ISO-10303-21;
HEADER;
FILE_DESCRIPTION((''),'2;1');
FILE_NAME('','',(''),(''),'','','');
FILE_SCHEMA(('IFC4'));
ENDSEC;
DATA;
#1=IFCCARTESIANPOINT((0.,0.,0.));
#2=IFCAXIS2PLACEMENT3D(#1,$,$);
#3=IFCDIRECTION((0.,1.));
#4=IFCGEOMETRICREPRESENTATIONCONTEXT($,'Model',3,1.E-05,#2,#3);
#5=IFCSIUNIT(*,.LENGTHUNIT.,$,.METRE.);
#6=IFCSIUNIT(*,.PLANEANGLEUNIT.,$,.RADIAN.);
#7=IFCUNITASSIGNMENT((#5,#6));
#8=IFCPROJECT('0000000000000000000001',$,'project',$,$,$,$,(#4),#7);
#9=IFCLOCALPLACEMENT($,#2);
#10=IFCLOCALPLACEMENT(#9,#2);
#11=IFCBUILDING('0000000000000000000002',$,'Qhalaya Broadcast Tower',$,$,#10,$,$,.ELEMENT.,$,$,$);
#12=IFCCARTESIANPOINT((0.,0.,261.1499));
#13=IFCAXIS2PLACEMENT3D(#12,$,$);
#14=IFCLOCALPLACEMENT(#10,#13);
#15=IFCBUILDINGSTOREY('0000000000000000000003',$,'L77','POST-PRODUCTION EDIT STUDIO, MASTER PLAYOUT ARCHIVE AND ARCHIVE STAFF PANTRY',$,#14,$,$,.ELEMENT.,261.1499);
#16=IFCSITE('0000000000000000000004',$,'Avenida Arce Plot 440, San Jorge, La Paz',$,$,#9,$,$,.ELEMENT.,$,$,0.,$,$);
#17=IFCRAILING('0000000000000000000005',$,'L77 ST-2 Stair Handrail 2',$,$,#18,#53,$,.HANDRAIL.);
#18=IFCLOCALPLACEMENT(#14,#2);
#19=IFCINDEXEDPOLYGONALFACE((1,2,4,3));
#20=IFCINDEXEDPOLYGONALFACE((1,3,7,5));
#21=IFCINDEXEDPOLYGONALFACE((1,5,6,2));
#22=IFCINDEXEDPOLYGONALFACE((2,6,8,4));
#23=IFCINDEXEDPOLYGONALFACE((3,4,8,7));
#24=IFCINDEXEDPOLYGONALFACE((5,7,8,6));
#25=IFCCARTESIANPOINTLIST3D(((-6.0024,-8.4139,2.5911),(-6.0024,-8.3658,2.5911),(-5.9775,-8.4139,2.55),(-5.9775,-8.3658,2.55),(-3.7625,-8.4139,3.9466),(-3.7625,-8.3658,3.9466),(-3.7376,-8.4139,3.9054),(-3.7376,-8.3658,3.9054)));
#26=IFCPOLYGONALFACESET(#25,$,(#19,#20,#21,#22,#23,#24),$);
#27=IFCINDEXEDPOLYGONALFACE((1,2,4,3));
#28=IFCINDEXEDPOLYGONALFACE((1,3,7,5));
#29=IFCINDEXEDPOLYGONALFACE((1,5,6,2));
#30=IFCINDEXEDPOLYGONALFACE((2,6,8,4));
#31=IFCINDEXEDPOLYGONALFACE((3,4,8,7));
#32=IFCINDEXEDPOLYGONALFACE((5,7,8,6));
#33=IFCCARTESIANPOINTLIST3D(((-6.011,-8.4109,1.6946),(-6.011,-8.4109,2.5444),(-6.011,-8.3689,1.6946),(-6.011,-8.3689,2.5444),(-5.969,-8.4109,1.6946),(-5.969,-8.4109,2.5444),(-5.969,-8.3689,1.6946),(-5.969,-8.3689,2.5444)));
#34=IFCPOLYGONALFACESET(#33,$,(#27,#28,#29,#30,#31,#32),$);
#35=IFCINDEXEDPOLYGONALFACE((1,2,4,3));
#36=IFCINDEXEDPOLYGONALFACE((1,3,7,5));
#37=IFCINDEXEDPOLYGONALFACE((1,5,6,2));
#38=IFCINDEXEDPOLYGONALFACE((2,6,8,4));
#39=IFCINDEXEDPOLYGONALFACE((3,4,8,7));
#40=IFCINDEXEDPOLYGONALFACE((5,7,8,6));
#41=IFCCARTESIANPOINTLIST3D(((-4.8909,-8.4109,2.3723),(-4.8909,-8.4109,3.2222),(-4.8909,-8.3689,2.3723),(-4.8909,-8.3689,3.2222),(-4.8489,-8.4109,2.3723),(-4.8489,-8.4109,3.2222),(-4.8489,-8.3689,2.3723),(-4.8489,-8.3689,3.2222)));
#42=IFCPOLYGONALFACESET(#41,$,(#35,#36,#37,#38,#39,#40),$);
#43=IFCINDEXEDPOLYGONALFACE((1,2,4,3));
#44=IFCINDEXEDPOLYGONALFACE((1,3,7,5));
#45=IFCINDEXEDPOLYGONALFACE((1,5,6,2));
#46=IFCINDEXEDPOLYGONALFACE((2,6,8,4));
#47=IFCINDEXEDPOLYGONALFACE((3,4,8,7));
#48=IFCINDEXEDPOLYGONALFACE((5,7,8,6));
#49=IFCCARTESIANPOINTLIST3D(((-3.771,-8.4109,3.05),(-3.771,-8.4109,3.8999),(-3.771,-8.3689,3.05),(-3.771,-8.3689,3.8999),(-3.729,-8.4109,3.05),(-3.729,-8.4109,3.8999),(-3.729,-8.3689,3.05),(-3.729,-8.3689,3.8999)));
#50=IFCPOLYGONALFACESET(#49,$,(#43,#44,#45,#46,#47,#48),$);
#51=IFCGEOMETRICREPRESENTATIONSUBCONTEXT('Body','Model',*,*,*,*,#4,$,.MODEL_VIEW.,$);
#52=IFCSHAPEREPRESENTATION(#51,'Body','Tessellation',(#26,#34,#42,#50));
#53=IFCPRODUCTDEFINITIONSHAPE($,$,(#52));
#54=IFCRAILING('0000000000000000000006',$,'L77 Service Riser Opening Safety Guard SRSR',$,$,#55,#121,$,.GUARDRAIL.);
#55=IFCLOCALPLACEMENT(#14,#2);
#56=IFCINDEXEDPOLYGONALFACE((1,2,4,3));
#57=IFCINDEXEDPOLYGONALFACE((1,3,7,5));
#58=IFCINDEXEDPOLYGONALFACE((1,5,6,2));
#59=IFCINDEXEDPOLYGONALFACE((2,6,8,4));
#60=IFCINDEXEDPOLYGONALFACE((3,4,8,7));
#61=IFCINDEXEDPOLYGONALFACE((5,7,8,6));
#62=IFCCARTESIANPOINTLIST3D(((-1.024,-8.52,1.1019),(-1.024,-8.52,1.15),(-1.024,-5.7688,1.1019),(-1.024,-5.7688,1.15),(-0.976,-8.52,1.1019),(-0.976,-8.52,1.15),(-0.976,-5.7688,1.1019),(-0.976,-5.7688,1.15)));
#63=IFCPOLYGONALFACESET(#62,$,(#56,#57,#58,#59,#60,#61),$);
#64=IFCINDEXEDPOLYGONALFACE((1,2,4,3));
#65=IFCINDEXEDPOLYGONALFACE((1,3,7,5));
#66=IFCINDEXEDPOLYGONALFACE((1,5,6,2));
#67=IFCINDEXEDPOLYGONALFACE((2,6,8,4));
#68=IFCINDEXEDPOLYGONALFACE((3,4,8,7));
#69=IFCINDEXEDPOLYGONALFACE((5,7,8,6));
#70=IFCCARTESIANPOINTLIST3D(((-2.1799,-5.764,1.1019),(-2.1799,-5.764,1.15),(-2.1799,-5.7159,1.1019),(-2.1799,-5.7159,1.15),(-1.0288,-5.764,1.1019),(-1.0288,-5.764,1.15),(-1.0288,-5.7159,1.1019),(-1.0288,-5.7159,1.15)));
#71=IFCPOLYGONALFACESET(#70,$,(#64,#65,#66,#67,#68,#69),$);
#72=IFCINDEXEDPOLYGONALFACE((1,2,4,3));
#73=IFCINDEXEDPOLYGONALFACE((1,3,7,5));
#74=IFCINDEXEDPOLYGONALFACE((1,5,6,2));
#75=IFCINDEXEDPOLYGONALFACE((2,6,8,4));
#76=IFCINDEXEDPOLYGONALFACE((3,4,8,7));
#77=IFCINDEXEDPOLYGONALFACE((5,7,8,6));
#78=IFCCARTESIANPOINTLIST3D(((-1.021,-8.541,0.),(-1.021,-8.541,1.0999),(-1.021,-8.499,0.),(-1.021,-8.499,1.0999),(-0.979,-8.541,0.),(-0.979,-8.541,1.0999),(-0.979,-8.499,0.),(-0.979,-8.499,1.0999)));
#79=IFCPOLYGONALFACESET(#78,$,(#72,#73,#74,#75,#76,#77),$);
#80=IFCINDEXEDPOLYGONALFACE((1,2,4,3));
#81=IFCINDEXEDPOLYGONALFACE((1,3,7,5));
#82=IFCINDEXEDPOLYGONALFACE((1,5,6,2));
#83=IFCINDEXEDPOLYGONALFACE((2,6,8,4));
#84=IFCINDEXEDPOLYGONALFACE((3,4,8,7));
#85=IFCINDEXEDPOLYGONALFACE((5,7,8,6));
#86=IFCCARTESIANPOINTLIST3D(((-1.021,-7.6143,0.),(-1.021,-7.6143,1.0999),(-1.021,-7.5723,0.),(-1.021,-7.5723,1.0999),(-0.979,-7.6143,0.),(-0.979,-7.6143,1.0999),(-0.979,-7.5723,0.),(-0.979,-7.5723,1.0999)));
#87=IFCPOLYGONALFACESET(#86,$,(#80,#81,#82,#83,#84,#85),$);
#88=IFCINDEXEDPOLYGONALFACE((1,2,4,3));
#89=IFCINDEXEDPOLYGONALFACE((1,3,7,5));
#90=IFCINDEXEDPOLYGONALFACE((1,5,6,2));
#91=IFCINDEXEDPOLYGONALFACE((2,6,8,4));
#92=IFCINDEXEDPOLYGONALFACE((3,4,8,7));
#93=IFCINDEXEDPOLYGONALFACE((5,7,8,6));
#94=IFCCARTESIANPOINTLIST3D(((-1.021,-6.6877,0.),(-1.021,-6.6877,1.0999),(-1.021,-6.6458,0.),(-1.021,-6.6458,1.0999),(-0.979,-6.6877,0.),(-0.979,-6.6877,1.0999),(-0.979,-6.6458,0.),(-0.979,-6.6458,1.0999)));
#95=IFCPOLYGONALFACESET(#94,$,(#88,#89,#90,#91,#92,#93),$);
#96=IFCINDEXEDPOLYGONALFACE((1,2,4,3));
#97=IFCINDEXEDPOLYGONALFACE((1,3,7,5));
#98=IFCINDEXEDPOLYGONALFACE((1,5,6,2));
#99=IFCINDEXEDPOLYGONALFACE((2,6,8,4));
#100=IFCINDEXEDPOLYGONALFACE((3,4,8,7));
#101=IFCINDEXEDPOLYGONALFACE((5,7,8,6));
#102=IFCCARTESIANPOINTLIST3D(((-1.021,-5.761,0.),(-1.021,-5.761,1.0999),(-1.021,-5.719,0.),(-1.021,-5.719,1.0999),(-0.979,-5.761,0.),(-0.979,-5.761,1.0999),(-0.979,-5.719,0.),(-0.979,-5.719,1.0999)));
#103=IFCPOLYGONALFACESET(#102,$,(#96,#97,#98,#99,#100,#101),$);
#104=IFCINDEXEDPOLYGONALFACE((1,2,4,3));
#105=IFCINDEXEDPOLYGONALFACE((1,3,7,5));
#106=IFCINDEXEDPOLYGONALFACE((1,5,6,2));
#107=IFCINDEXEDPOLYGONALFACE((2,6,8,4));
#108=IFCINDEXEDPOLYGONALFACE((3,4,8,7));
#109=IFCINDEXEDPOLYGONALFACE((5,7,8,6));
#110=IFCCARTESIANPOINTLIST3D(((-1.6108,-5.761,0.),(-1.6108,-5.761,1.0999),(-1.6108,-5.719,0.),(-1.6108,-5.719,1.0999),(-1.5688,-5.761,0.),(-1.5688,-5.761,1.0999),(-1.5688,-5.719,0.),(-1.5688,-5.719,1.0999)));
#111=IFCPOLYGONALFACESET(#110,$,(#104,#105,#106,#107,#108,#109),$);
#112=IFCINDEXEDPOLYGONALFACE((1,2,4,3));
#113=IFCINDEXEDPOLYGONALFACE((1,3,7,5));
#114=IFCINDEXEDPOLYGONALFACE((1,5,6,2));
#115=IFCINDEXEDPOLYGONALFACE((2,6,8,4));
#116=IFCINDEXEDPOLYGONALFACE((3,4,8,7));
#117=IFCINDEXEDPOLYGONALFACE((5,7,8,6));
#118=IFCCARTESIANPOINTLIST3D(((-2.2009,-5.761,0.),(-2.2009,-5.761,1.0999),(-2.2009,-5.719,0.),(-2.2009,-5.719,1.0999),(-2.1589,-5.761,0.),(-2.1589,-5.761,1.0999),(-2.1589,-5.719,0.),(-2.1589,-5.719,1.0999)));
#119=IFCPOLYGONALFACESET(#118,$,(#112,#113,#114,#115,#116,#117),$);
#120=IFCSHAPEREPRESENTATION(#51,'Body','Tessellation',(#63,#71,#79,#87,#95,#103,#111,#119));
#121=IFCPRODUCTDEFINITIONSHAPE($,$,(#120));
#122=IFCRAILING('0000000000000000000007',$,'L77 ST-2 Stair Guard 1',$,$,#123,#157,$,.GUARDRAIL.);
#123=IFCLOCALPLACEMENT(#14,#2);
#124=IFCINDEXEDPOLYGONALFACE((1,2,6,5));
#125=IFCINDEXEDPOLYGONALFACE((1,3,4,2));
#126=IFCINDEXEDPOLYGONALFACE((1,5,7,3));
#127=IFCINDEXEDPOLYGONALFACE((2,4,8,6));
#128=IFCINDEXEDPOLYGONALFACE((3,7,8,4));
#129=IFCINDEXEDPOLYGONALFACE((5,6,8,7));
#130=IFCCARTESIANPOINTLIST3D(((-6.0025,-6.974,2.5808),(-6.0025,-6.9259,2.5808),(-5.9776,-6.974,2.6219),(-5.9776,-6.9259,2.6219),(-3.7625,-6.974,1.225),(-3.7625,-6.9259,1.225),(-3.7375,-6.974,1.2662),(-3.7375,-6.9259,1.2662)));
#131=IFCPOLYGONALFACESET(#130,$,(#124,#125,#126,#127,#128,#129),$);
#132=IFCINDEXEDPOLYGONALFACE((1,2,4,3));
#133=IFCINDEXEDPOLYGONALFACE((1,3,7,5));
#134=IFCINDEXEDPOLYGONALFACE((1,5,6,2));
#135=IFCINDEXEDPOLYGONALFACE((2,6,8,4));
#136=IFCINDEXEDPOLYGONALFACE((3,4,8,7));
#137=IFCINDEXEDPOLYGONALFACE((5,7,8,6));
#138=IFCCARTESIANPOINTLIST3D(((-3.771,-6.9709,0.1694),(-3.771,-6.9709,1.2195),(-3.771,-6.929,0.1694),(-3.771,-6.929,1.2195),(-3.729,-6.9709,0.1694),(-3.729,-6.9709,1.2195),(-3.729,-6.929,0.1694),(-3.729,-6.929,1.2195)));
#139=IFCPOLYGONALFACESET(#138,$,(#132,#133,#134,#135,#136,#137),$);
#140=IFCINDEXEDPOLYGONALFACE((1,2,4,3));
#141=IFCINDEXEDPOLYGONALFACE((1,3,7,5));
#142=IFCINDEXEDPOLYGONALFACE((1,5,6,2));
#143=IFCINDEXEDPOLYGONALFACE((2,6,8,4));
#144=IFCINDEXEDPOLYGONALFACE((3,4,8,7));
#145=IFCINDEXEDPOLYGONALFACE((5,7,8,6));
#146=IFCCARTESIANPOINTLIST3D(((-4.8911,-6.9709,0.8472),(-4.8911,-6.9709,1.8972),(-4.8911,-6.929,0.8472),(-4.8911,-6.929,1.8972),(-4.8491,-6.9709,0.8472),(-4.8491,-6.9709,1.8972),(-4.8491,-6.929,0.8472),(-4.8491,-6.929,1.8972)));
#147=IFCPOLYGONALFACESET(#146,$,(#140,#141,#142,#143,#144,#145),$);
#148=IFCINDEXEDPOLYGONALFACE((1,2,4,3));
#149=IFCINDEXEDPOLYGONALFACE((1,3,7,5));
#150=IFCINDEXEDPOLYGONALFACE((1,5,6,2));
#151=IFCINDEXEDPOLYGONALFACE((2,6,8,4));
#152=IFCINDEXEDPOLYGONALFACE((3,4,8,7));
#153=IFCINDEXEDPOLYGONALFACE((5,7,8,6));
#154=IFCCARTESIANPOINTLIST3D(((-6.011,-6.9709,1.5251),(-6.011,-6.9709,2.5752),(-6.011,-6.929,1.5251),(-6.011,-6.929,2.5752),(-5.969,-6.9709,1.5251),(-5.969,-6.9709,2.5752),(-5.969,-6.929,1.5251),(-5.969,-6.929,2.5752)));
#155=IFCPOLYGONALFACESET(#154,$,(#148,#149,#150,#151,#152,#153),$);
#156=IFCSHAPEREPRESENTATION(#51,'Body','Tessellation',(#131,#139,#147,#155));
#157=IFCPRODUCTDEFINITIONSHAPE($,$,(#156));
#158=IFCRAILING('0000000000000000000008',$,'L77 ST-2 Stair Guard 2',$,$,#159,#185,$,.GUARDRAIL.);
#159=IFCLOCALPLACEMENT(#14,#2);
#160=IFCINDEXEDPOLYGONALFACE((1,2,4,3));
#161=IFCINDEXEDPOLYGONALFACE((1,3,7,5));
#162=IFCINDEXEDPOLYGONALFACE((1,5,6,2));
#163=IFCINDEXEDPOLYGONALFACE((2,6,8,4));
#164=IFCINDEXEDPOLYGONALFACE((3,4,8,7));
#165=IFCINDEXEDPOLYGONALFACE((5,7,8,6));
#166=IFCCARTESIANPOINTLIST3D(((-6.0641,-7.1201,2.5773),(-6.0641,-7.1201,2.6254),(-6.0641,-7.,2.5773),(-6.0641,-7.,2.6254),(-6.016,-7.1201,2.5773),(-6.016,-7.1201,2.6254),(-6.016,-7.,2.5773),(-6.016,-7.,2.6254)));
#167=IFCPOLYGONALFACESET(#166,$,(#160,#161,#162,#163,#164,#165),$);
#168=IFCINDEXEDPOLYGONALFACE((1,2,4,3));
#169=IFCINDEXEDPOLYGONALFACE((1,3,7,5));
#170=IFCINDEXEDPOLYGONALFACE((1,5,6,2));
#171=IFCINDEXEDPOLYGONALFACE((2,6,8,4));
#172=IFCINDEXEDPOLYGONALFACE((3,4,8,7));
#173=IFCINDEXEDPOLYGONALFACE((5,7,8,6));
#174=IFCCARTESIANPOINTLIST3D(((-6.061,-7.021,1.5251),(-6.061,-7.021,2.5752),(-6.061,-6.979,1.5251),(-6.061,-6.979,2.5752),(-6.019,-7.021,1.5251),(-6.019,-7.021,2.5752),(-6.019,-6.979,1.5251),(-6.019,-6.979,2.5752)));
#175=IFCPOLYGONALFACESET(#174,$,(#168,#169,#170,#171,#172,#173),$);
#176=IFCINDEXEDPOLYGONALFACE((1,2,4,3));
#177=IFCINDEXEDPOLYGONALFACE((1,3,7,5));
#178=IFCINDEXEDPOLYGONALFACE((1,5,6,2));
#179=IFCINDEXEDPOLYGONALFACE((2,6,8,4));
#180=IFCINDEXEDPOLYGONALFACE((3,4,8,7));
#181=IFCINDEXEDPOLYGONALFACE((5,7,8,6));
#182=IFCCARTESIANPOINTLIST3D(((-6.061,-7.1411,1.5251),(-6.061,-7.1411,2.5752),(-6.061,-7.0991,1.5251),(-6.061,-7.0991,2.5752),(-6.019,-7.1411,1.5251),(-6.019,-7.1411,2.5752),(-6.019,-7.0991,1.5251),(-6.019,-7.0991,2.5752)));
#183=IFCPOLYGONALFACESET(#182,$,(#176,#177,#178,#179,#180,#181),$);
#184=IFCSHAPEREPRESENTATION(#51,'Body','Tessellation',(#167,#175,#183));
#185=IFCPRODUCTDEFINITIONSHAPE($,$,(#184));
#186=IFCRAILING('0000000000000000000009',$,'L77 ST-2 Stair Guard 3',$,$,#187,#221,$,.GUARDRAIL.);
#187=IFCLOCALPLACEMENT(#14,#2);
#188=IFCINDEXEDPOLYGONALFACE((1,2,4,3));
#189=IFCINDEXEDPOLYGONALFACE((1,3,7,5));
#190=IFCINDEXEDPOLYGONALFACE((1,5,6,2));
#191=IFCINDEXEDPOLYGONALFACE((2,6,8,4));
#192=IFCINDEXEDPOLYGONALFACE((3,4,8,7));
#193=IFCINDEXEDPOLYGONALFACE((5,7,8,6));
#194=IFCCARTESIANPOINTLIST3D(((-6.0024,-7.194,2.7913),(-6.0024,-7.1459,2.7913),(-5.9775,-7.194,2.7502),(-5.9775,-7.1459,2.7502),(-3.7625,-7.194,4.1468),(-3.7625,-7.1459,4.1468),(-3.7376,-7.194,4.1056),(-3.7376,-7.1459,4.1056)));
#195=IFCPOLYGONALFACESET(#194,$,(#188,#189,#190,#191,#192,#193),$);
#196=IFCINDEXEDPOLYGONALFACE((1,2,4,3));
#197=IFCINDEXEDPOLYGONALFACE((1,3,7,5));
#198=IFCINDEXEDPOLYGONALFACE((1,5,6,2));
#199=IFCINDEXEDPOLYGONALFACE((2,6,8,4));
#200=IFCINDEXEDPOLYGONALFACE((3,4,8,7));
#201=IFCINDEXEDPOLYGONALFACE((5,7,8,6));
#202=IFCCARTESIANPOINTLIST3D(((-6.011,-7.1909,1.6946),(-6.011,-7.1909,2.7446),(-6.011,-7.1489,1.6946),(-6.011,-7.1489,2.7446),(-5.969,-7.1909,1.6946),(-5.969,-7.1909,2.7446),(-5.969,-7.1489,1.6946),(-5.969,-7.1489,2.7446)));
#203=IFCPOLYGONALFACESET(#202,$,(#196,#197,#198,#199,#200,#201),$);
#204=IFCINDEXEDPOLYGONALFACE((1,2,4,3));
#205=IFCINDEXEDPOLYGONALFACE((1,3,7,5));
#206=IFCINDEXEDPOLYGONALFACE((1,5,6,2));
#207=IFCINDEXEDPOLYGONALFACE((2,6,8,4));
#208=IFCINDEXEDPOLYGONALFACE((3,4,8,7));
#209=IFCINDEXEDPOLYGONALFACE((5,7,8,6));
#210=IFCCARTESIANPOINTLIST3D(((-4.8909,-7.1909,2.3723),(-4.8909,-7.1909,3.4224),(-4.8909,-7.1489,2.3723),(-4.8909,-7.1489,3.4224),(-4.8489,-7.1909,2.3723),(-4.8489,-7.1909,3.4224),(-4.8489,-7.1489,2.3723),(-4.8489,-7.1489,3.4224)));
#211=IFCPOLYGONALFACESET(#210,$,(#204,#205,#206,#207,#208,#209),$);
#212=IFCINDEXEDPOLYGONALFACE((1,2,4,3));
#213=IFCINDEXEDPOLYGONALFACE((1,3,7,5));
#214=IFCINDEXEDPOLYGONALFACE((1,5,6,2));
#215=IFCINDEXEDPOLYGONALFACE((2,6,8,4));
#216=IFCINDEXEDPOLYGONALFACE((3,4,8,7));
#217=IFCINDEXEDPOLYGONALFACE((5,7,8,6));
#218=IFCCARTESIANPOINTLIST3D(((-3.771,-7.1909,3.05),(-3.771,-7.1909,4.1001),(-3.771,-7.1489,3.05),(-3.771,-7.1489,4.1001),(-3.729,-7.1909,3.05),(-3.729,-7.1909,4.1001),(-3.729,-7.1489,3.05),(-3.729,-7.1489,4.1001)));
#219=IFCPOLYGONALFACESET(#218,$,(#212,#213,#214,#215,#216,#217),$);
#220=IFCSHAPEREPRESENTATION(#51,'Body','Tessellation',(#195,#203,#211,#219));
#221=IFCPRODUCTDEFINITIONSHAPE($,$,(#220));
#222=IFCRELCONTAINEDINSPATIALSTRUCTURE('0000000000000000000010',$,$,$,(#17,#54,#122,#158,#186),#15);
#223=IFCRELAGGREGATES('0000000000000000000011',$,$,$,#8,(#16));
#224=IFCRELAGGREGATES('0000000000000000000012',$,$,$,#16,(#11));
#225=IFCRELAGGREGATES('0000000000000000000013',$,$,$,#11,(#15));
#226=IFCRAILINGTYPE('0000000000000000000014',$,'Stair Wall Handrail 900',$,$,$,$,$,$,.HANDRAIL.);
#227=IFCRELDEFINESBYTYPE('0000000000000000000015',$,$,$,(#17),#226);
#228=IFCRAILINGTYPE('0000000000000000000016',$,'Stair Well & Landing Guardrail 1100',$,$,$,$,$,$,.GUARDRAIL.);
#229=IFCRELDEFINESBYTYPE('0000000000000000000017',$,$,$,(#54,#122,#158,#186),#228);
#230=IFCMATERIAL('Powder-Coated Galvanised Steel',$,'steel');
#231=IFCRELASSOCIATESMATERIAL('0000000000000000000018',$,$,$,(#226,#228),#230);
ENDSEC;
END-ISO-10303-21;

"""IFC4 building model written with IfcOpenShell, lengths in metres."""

from ifc_helpers import new_model, si_unit, direction, frame, origin, origin_2d, place, context, subcontext, project, spatial, rectangle, extrude, material, type_object, element, save


model = new_model("IFC4")

# Units and contexts
model_context = context("Model", 3, precision=1e-05, world=origin(), true_north=direction((0.0, 1.0)))
body_context = subcontext(model_context, "Body", "Model", "MODEL_VIEW")
ifc_project = project(units=[si_unit("LENGTHUNIT", "METRE"), si_unit("PLANEANGLEUNIT", "RADIAN")], contexts=[model_context])

# Site, building, storey
site_placement = place(None, origin())
site = spatial("IfcSite", under=ifc_project, at=site_placement, Name="Avenida Arce Plot 440, San Jorge, La Paz", CompositionType="ELEMENT", RefElevation=0.0)
building_placement = place(site_placement, origin())
building = spatial("IfcBuilding", under=site, at=building_placement, Name="Qhalaya Broadcast Tower", CompositionType="ELEMENT")
storey_placement = place(building_placement, frame((0.0, 0.0, 261.1499)))
storey = spatial("IfcBuildingStorey", under=building, at=storey_placement, Name="L77", Description="POST-PRODUCTION EDIT STUDIO, MASTER PLAYOUT ARCHIVE AND ARCHIVE STAFF PANTRY", CompositionType="ELEMENT", Elevation=261.1499)

# Railings
ifc_material_1 = material(Name="Powder-Coated Galvanised Steel", Category="steel")
railing_type_1 = type_object("IfcRailingType", Name="Stair Wall Handrail 900", PredefinedType="HANDRAIL", material=ifc_material_1)
railing_1_placement = place(storey_placement, frame((-5.99, -8.3899, 1.6946)))
element("IfcRailing", 1, at=railing_1_placement, inside=storey, type_object=railing_type_1, Name="L77 ST-2 Stair Handrail 2", PredefinedType="HANDRAIL", context=body_context, shape_type="SweptSolid", body=[
    extrude(rectangle(XDim=0.0481, YDim=0.0481, at=origin_2d()), frame((0.0, 0.0, 0.876), z_axis=(0.855553, 0.0, 0.517715), x_axis=(0.0, 1.0, 0.0)), (0.0, 0.0, 1.0), 2.6182),
    extrude(rectangle(XDim=0.042, YDim=0.042, at=origin_2d()), origin(), (0.0, 0.0, 1.0), 0.8499),
    extrude(rectangle(XDim=0.042, YDim=0.042, at=origin_2d()), frame((1.1201, 0.0, 0.6777)), (0.0, 0.0, 1.0), 0.8499),
    extrude(rectangle(XDim=0.042, YDim=0.042, at=origin_2d()), frame((2.24, 0.0, 1.3555)), (0.0, 0.0, 1.0), 0.8499),
])
railing_type_2 = type_object("IfcRailingType", Name="Stair Well & Landing Guardrail 1100", PredefinedType="GUARDRAIL", material=ifc_material_1)
railing_2_placement = place(storey_placement, frame((-1.0, -8.52, 0.0)))
element("IfcRailing", 2, at=railing_2_placement, inside=storey, type_object=railing_type_2, Name="L77 Service Riser Opening Safety Guard SRSR", PredefinedType="GUARDRAIL", context=body_context, shape_type="SweptSolid", body=[
    extrude(rectangle(XDim=0.0481, YDim=0.0481, at=origin_2d()), frame((0.0, 0.0, 1.126), z_axis=(0.0, 1.0, 0.0), x_axis=(-1.0, 0.0, 0.0)), (0.0, 0.0, 1.0), 2.7512),
    extrude(rectangle(XDim=0.0481, YDim=0.0481, at=origin_2d()), frame((-0.0288, 2.78, 1.126), z_axis=(-1.0, 0.0, 0.0), x_axis=(0.0, -1.0, 0.0)), (0.0, 0.0, 1.0), 1.1511),
    extrude(rectangle(XDim=0.042, YDim=0.042, at=origin_2d()), origin(), (0.0, 0.0, 1.0), 1.0999),
    extrude(rectangle(XDim=0.042, YDim=0.042, at=origin_2d()), frame((0.0, 0.9268, 0.0)), (0.0, 0.0, 1.0), 1.0999),
    extrude(rectangle(XDim=0.042, YDim=0.042, at=origin_2d()), frame((0.0, 1.8533, 0.0)), (0.0, 0.0, 1.0), 1.0999),
    extrude(rectangle(XDim=0.042, YDim=0.042, at=origin_2d()), frame((0.0, 2.78, 0.0)), (0.0, 0.0, 1.0), 1.0999),
    extrude(rectangle(XDim=0.042, YDim=0.042, at=origin_2d()), frame((-0.5898, 2.78, 0.0)), (0.0, 0.0, 1.0), 1.0999),
    extrude(rectangle(XDim=0.042, YDim=0.042, at=origin_2d()), frame((-1.1799, 2.78, 0.0)), (0.0, 0.0, 1.0), 1.0999),
])
railing_3_placement = place(storey_placement, frame((-3.75, -6.95, 0.1694)))
element("IfcRailing", 3, at=railing_3_placement, inside=storey, type_object=railing_type_2, Name="L77 ST-2 Stair Guard 1", PredefinedType="GUARDRAIL", context=body_context, shape_type="SweptSolid", body=[
    extrude(rectangle(XDim=0.0481, YDim=0.0481, at=origin_2d()), frame((0.0, 0.0, 1.0762), z_axis=(-0.855512, 0.0, 0.517783), x_axis=(0.0, -1.0, 0.0)), (0.0, 0.0, 1.0), 2.6184),
    extrude(rectangle(XDim=0.042, YDim=0.042, at=origin_2d()), origin(), (0.0, 0.0, 1.0), 1.05),
    extrude(rectangle(XDim=0.042, YDim=0.042, at=origin_2d()), frame((-1.1201, 0.0, 0.6777)), (0.0, 0.0, 1.0), 1.05),
    extrude(rectangle(XDim=0.042, YDim=0.042, at=origin_2d()), frame((-2.24, 0.0, 1.3557)), (0.0, 0.0, 1.0), 1.05),
])
railing_4_placement = place(storey_placement, frame((-6.04, -7.0, 1.5251)))
element("IfcRailing", 4, at=railing_4_placement, inside=storey, type_object=railing_type_2, Name="L77 ST-2 Stair Guard 2", PredefinedType="GUARDRAIL", context=body_context, shape_type="SweptSolid", body=[
    extrude(rectangle(XDim=0.0481, YDim=0.0481, at=origin_2d()), frame((0.0, 0.0, 1.0762), z_axis=(0.0, -1.0, 0.0), x_axis=(1.0, 0.0, 0.0)), (0.0, 0.0, 1.0), 0.1201),
    extrude(rectangle(XDim=0.042, YDim=0.042, at=origin_2d()), origin(), (0.0, 0.0, 1.0), 1.05),
    extrude(rectangle(XDim=0.042, YDim=0.042, at=origin_2d()), frame((0.0, -0.1201, 0.0)), (0.0, 0.0, 1.0), 1.05),
])
railing_5_placement = place(storey_placement, frame((-5.99, -7.1699, 1.6946)))
element("IfcRailing", 5, at=railing_5_placement, inside=storey, type_object=railing_type_2, Name="L77 ST-2 Stair Guard 3", PredefinedType="GUARDRAIL", context=body_context, shape_type="SweptSolid", body=[
    extrude(rectangle(XDim=0.0481, YDim=0.0481, at=origin_2d()), frame((0.0, 0.0, 1.0762), z_axis=(0.855553, 0.0, 0.517715), x_axis=(0.0, 1.0, 0.0)), (0.0, 0.0, 1.0), 2.6182),
    extrude(rectangle(XDim=0.042, YDim=0.042, at=origin_2d()), origin(), (0.0, 0.0, 1.0), 1.05),
    extrude(rectangle(XDim=0.042, YDim=0.042, at=origin_2d()), frame((1.1201, 0.0, 0.6777)), (0.0, 0.0, 1.0), 1.05),
    extrude(rectangle(XDim=0.042, YDim=0.042, at=origin_2d()), frame((2.24, 0.0, 1.3555)), (0.0, 0.0, 1.0), 1.05),
])

save(model, "model.ifc")
